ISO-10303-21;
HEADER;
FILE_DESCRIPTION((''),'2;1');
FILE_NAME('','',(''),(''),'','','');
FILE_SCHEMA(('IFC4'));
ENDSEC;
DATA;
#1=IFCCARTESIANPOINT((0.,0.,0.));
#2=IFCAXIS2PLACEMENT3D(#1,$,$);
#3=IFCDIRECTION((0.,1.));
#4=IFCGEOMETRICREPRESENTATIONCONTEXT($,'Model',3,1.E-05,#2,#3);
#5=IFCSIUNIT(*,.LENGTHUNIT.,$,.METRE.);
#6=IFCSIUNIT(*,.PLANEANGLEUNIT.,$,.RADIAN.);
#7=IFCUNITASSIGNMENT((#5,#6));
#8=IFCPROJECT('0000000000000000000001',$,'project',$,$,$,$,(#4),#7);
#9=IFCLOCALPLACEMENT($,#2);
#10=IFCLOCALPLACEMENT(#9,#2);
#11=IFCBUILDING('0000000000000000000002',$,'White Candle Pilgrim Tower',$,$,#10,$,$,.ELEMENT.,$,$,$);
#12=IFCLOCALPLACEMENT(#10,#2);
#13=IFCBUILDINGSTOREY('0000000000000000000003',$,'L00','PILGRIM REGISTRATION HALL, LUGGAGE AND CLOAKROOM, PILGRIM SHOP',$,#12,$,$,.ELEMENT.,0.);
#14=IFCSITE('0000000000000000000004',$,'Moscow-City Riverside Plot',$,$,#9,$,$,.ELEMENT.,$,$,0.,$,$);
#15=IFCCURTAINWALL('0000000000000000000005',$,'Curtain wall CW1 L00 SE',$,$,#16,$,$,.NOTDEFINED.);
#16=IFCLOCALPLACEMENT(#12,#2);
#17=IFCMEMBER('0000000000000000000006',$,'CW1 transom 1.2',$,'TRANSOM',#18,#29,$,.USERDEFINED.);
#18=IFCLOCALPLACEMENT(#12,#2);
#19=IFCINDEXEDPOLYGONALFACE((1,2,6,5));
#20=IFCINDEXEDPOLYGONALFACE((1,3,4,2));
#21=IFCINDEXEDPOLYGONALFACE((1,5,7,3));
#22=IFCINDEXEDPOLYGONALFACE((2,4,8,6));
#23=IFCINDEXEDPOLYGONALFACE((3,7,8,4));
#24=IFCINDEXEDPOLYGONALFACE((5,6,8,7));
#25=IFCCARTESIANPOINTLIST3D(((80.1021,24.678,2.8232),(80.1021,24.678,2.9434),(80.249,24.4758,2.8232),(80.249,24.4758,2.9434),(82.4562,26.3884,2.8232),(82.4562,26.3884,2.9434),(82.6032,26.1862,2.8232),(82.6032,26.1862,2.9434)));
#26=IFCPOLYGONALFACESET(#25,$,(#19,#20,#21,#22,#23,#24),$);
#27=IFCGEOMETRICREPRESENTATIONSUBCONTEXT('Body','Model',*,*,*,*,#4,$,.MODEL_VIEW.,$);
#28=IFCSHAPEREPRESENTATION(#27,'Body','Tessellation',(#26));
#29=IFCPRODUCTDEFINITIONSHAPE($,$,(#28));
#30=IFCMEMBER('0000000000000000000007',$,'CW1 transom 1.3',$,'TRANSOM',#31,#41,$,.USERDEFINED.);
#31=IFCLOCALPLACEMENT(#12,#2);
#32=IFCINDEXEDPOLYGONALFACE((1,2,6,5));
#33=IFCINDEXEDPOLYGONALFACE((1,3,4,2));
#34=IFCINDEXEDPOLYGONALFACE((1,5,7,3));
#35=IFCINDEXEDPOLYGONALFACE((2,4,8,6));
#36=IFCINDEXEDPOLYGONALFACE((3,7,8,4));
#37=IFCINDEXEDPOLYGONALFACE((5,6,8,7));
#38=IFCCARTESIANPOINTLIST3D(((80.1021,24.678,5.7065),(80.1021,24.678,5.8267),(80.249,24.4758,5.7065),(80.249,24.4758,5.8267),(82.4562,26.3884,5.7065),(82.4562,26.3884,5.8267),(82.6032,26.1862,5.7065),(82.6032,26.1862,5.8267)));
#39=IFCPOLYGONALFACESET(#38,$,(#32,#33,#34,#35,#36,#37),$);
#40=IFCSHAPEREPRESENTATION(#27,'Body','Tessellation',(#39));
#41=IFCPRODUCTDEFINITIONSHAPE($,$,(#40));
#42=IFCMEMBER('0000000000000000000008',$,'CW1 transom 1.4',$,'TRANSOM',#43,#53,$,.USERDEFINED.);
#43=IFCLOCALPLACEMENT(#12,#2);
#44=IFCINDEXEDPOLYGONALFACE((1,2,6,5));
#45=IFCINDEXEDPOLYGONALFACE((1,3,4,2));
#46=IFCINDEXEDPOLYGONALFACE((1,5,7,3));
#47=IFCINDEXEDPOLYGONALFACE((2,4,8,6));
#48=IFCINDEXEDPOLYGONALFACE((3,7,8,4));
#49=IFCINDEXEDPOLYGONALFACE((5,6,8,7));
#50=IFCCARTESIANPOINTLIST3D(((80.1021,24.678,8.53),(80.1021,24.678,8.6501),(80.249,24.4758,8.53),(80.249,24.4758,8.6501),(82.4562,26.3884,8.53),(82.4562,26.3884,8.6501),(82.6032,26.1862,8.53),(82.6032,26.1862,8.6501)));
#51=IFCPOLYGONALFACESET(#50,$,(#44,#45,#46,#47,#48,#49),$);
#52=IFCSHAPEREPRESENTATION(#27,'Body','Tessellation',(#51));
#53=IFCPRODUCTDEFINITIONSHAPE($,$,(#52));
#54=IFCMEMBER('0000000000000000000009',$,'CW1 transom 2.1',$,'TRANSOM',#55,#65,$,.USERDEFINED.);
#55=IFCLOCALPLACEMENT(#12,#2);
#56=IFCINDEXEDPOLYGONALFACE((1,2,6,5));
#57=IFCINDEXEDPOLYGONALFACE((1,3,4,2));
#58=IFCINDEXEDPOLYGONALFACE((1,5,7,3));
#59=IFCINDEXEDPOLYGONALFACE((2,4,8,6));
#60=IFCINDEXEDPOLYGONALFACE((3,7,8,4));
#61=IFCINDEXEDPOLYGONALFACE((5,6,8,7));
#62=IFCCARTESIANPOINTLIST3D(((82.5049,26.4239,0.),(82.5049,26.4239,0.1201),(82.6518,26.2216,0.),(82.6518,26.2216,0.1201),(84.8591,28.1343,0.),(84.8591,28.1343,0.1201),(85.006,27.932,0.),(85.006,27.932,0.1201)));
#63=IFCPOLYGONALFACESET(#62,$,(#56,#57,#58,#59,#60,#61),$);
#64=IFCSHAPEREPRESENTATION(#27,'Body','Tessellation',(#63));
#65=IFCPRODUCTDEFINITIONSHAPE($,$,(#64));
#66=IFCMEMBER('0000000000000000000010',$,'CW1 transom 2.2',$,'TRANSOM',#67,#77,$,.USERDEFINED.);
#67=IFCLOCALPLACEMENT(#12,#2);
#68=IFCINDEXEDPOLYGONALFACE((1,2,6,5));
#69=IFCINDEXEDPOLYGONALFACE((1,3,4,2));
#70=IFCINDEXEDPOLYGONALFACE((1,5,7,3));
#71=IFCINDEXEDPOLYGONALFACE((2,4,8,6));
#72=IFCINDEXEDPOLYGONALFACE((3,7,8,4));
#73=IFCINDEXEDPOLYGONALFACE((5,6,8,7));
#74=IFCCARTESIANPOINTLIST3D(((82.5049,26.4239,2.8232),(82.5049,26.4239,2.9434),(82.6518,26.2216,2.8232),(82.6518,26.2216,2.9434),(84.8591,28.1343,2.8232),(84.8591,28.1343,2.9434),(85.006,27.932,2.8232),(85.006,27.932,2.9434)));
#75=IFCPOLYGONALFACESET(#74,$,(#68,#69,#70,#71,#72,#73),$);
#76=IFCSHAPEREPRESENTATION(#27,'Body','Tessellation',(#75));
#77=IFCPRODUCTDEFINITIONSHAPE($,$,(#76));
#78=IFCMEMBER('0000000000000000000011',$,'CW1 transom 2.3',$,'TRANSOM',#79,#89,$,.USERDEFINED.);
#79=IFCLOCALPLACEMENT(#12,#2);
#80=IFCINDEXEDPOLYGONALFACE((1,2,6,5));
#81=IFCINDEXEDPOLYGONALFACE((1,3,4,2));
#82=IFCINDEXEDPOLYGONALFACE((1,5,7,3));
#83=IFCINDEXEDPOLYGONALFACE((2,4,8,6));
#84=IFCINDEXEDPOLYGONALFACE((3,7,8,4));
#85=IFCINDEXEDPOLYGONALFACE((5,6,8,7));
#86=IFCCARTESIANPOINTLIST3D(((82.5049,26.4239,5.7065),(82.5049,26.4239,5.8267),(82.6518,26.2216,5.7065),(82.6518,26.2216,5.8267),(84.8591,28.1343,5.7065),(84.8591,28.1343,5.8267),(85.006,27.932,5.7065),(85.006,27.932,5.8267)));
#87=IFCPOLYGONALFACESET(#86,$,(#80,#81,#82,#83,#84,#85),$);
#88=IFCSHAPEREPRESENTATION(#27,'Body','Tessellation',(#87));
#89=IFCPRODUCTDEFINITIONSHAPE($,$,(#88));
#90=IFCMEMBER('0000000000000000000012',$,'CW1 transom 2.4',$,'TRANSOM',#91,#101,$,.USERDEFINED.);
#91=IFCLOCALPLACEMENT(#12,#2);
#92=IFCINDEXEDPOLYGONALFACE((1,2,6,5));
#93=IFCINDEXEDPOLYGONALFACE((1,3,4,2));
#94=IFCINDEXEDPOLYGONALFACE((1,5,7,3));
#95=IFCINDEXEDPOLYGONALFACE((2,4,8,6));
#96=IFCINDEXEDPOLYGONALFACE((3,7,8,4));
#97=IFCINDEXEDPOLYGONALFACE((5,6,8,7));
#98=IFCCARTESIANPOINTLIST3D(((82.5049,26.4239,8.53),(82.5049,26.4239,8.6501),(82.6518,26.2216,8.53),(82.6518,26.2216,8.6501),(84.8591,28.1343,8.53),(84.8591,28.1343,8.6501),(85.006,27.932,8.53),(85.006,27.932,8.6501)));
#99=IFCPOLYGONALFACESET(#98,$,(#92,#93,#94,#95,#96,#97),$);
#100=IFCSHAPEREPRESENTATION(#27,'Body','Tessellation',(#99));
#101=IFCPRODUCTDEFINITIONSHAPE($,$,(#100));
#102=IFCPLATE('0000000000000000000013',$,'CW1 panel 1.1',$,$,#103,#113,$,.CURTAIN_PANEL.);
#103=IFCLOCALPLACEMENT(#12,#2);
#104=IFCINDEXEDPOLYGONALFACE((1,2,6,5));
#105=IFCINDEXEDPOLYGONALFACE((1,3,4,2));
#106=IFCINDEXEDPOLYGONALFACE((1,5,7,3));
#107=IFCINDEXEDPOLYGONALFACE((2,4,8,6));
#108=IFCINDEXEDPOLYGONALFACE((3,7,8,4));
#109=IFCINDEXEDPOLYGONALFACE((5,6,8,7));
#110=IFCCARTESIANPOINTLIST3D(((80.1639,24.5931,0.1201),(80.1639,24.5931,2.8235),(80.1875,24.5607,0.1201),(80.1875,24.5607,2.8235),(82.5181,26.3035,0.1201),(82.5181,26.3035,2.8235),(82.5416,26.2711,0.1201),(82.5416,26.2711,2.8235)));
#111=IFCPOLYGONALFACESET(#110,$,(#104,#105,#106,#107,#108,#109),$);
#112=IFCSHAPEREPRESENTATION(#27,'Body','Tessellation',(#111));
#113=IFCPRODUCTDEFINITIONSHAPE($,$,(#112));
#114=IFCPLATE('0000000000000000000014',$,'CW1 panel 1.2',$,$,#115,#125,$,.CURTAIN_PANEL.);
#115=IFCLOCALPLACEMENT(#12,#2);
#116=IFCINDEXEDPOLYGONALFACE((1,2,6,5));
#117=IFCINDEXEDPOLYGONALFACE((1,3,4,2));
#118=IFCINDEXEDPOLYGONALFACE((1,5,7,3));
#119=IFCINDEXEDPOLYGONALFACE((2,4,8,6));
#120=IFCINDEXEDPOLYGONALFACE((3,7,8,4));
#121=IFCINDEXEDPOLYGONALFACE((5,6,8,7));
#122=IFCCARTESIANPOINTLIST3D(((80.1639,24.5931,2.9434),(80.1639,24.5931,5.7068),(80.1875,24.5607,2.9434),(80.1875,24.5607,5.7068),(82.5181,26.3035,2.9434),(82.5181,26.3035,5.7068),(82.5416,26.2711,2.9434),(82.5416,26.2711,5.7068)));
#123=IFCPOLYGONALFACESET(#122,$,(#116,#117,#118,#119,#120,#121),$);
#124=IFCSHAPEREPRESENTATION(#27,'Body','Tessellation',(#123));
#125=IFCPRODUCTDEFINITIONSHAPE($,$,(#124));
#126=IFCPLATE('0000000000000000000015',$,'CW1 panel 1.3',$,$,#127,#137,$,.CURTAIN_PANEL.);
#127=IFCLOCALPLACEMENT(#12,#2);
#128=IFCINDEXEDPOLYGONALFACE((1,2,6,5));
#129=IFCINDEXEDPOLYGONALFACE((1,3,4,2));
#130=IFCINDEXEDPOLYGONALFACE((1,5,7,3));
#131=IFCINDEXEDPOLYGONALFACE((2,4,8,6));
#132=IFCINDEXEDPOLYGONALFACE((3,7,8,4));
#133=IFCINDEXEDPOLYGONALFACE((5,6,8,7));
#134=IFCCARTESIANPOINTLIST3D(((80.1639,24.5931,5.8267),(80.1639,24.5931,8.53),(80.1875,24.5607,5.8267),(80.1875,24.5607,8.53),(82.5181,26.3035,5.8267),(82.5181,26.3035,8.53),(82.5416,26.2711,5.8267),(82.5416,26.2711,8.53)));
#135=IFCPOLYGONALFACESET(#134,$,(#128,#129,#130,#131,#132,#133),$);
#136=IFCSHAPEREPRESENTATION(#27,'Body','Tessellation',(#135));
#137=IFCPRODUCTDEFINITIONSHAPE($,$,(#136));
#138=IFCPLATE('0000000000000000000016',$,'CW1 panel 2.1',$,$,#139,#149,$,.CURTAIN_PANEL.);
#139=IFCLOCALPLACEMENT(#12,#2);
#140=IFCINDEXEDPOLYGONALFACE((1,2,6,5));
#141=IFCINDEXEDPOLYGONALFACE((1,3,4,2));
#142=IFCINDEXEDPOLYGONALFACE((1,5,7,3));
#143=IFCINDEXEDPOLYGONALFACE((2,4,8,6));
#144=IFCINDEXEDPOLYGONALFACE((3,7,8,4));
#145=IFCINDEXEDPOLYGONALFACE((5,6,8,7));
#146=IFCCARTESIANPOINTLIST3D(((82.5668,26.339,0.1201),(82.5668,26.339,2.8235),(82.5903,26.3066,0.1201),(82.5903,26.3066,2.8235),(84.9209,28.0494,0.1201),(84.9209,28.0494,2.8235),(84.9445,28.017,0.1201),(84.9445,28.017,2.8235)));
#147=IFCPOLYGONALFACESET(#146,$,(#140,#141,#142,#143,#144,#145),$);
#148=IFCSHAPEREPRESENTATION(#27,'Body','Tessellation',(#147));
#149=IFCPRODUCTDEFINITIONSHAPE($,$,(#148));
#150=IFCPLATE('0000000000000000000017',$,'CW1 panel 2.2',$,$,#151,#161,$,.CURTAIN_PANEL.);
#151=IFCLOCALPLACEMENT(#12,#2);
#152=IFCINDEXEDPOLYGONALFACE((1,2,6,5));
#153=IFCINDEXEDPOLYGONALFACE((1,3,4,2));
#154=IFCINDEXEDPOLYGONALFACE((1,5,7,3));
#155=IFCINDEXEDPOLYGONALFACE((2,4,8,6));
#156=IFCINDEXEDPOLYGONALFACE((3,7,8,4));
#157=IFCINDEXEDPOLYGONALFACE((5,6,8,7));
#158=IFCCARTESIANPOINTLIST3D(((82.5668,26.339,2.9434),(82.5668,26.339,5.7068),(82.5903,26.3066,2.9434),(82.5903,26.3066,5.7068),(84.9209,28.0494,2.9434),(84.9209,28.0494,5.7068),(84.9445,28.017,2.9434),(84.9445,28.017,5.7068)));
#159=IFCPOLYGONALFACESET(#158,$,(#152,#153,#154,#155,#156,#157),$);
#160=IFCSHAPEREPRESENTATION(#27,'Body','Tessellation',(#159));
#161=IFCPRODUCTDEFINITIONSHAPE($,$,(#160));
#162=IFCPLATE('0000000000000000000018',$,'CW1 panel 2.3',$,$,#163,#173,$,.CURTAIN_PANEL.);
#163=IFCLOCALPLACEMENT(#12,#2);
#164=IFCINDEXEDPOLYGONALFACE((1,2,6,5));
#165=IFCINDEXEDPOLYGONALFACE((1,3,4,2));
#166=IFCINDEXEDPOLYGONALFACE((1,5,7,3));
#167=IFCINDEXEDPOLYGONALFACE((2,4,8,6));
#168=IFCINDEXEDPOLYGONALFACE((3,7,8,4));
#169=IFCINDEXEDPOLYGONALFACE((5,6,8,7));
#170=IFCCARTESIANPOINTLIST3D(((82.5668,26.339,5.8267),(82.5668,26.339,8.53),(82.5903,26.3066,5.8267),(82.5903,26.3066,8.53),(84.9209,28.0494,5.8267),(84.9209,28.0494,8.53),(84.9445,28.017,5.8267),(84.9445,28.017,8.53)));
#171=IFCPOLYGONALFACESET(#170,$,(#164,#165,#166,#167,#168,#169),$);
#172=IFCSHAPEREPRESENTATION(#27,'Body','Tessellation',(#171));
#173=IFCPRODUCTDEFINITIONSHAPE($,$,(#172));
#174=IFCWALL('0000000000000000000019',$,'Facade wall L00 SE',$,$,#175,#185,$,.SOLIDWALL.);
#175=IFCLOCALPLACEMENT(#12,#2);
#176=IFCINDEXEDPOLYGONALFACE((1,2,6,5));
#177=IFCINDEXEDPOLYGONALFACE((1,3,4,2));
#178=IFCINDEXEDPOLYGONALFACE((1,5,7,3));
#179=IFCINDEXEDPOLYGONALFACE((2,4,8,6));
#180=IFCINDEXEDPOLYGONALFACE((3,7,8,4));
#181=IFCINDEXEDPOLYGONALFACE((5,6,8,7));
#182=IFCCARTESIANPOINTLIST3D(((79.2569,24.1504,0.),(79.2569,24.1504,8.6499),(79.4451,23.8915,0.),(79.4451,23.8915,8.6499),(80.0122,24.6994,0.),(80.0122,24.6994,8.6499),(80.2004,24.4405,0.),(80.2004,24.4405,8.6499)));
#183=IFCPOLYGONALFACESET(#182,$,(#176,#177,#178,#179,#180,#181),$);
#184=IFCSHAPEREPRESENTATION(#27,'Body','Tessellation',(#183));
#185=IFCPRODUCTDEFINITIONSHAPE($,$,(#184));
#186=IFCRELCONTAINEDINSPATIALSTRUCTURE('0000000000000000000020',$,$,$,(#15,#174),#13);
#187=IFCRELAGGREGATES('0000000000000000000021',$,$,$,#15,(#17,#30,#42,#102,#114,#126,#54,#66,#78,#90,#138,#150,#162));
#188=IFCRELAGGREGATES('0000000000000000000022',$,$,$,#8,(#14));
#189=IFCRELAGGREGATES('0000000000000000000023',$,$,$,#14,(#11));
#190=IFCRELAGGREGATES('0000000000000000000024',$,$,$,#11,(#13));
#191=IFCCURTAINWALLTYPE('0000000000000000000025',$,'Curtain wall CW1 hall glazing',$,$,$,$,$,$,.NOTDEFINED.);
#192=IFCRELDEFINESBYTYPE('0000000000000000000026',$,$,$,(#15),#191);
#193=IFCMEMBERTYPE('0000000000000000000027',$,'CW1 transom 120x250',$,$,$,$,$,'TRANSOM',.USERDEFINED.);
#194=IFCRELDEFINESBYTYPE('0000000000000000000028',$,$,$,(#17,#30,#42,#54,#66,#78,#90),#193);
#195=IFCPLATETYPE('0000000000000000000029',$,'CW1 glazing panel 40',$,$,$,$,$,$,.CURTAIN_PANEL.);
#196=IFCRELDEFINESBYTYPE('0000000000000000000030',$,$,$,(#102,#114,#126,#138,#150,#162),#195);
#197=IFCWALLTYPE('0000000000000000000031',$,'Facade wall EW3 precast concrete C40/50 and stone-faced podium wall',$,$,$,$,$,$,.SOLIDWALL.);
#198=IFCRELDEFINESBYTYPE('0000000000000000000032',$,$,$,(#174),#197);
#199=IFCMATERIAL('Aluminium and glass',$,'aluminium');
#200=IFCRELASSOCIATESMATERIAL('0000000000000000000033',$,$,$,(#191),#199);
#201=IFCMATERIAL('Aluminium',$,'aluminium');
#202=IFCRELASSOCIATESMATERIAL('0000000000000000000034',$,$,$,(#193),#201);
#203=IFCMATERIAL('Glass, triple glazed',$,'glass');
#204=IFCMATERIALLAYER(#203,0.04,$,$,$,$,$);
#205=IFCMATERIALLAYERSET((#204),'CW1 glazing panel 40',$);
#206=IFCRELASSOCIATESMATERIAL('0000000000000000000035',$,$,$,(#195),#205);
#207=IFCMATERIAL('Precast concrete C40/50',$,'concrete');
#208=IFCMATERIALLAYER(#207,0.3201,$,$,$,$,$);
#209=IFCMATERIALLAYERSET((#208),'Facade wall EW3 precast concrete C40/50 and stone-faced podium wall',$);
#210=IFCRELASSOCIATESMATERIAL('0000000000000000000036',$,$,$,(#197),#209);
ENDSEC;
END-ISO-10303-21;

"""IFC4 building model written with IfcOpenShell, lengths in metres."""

from ifc_helpers import new_model, si_unit, direction, frame, frame_2d, origin, origin_2d, place, context, subcontext, project, spatial, rectangle, extrude, material, layer, layer_set, material_profile, profile_set, type_object, element, aggregate, save


model = new_model("IFC4")

# Units and contexts
model_context = context("Model", 3, precision=1e-05, world=origin(), true_north=direction((0.0, 1.0)))
body_context = subcontext(model_context, "Body", "Model", "MODEL_VIEW")
ifc_project = project(units=[si_unit("LENGTHUNIT", "METRE"), si_unit("PLANEANGLEUNIT", "RADIAN")], contexts=[model_context])

# Site, building, storey
site_placement = place(None, origin())
site = spatial("IfcSite", under=ifc_project, at=site_placement, Name="Moscow-City Riverside Plot", CompositionType="ELEMENT", RefElevation=0.0)
building_placement = place(site_placement, origin())
building = spatial("IfcBuilding", under=site, at=building_placement, Name="White Candle Pilgrim Tower", CompositionType="ELEMENT")
storey_placement = place(building_placement, origin())
storey = spatial("IfcBuildingStorey", under=building, at=storey_placement, Name="L00", Description="PILGRIM REGISTRATION HALL, LUGGAGE AND CLOAKROOM, PILGRIM SHOP", CompositionType="ELEMENT", Elevation=0.0)

# Curtain wall
ifc_material_1 = material(Name="Aluminium and glass", Category="aluminium")
curtain_wall_type = type_object("IfcCurtainWallType", Name="Curtain wall CW1 hall glazing", PredefinedType="NOTDEFINED", material=ifc_material_1)
curtain_wall_1_placement = place(storey_placement, origin())
curtain_wall_1 = element("IfcCurtainWall", 1, at=curtain_wall_1_placement, inside=storey, type_object=curtain_wall_type, Name="Curtain wall CW1 L00 SE", PredefinedType="NOTDEFINED")
ifc_material_2 = material(Name="Aluminium", Category="aluminium")

# Members
ifc_material_profile_1 = material_profile(ifc_material_2, rectangle(XDim=0.25, YDim=0.1201, at=origin_2d()), Name="CW1 transom 120x250")
ifc_profile_set_1 = profile_set([ifc_material_profile_1], Name="Aluminium")
member_type_1 = type_object("IfcMemberType", Name="CW1 transom 120x250", ElementType="TRANSOM", PredefinedType="USERDEFINED", material=ifc_profile_set_1)
member_1_placement = place(storey_placement, frame((80.1755, 24.5769, 2.8833), z_axis=(0.809019, 0.587783, 0.0), x_axis=(-0.587783, 0.809019, 0.0)))
member_1 = element("IfcMember", 2, at=member_1_placement, type_object=member_type_1, Name="CW1 transom 1.2", ObjectType="TRANSOM", PredefinedType="USERDEFINED", context=body_context, shape_type="SweptSolid", body=[
    extrude(rectangle(XDim=0.25, YDim=0.1201, at=origin_2d()), origin(), (0.0, 0.0, 1.0), 2.9099),
])
member_2_placement = place(storey_placement, frame((80.1755, 24.5769, 5.7666), z_axis=(0.809019, 0.587783, 0.0), x_axis=(-0.587783, 0.809019, 0.0)))
member_2 = element("IfcMember", 3, at=member_2_placement, type_object=member_type_1, Name="CW1 transom 1.3", ObjectType="TRANSOM", PredefinedType="USERDEFINED", context=body_context, shape_type="SweptSolid", body=[
    extrude(rectangle(XDim=0.25, YDim=0.1201, at=origin_2d()), origin(), (0.0, 0.0, 1.0), 2.9099),
])
member_3_placement = place(storey_placement, frame((80.1755, 24.5769, 8.5901), z_axis=(0.809019, 0.587783, 0.0), x_axis=(-0.587783, 0.809019, 0.0)))
member_3 = element("IfcMember", 4, at=member_3_placement, type_object=member_type_1, Name="CW1 transom 1.4", ObjectType="TRANSOM", PredefinedType="USERDEFINED", context=body_context, shape_type="SweptSolid", body=[
    extrude(rectangle(XDim=0.25, YDim=0.1201, at=origin_2d()), origin(), (0.0, 0.0, 1.0), 2.9099),
])
member_4_placement = place(storey_placement, frame((82.5784, 26.3228, 0.0601), z_axis=(0.809019, 0.587783, 0.0), x_axis=(-0.587783, 0.809019, 0.0)))
member_4 = element("IfcMember", 5, at=member_4_placement, type_object=member_type_1, Name="CW1 transom 2.1", ObjectType="TRANSOM", PredefinedType="USERDEFINED", context=body_context, shape_type="SweptSolid", body=[
    extrude(rectangle(XDim=0.25, YDim=0.1201, at=origin_2d()), origin(), (0.0, 0.0, 1.0), 2.9099),
])
member_5_placement = place(storey_placement, frame((82.5784, 26.3228, 2.8833), z_axis=(0.809019, 0.587783, 0.0), x_axis=(-0.587783, 0.809019, 0.0)))
member_5 = element("IfcMember", 6, at=member_5_placement, type_object=member_type_1, Name="CW1 transom 2.2", ObjectType="TRANSOM", PredefinedType="USERDEFINED", context=body_context, shape_type="SweptSolid", body=[
    extrude(rectangle(XDim=0.25, YDim=0.1201, at=origin_2d()), origin(), (0.0, 0.0, 1.0), 2.9099),
])
member_6_placement = place(storey_placement, frame((82.5784, 26.3228, 5.7666), z_axis=(0.809019, 0.587783, 0.0), x_axis=(-0.587783, 0.809019, 0.0)))
member_6 = element("IfcMember", 7, at=member_6_placement, type_object=member_type_1, Name="CW1 transom 2.3", ObjectType="TRANSOM", PredefinedType="USERDEFINED", context=body_context, shape_type="SweptSolid", body=[
    extrude(rectangle(XDim=0.25, YDim=0.1201, at=origin_2d()), origin(), (0.0, 0.0, 1.0), 2.9099),
])
member_7_placement = place(storey_placement, frame((82.5784, 26.3228, 8.5901), z_axis=(0.809019, 0.587783, 0.0), x_axis=(-0.587783, 0.809019, 0.0)))
member_7 = element("IfcMember", 8, at=member_7_placement, type_object=member_type_1, Name="CW1 transom 2.4", ObjectType="TRANSOM", PredefinedType="USERDEFINED", context=body_context, shape_type="SweptSolid", body=[
    extrude(rectangle(XDim=0.25, YDim=0.1201, at=origin_2d()), origin(), (0.0, 0.0, 1.0), 2.9099),
])

# Plates
ifc_material_3 = material(Name="Glass, triple glazed", Category="glass")
ifc_layer_1 = layer(ifc_material_3, 0.04)
ifc_layer_set_1 = layer_set([ifc_layer_1], Name="CW1 glazing panel 40")
plate_type = type_object("IfcPlateType", Name="CW1 glazing panel 40", PredefinedType="CURTAIN_PANEL", material=ifc_layer_set_1)
plate_1_placement = place(storey_placement, frame((81.3528, 25.4321, 0.1201), z_axis=(0.0, 0.0, 1.0), x_axis=(0.809017, 0.587785, 0.0)))
plate_1 = element("IfcPlate", 9, at=plate_1_placement, type_object=plate_type, Name="CW1 panel 1.1", PredefinedType="CURTAIN_PANEL", context=body_context, shape_type="SweptSolid", body=[
    extrude(rectangle(XDim=2.9099, YDim=0.04, at=origin_2d()), origin(), (0.0, 0.0, 1.0), 2.7034),
])
plate_2_placement = place(storey_placement, frame((81.3528, 25.4321, 2.9434), z_axis=(0.0, 0.0, 1.0), x_axis=(0.809017, 0.587785, 0.0)))
plate_2 = element("IfcPlate", 10, at=plate_2_placement, type_object=plate_type, Name="CW1 panel 1.2", PredefinedType="CURTAIN_PANEL", context=body_context, shape_type="SweptSolid", body=[
    extrude(rectangle(XDim=2.9099, YDim=0.04, at=origin_2d()), origin(), (0.0, 0.0, 1.0), 2.7634),
])
plate_3_placement = place(storey_placement, frame((81.3528, 25.4321, 5.8267), z_axis=(0.0, 0.0, 1.0), x_axis=(0.809017, 0.587785, 0.0)))
plate_3 = element("IfcPlate", 11, at=plate_3_placement, type_object=plate_type, Name="CW1 panel 1.3", PredefinedType="CURTAIN_PANEL", context=body_context, shape_type="SweptSolid", body=[
    extrude(rectangle(XDim=2.9099, YDim=0.04, at=origin_2d()), origin(), (0.0, 0.0, 1.0), 2.7034),
])
plate_4_placement = place(storey_placement, frame((83.7556, 27.178, 0.1201), z_axis=(0.0, 0.0, 1.0), x_axis=(0.809017, 0.587785, 0.0)))
plate_4 = element("IfcPlate", 12, at=plate_4_placement, type_object=plate_type, Name="CW1 panel 2.1", PredefinedType="CURTAIN_PANEL", context=body_context, shape_type="SweptSolid", body=[
    extrude(rectangle(XDim=2.9099, YDim=0.04, at=origin_2d()), origin(), (0.0, 0.0, 1.0), 2.7034),
])
plate_5_placement = place(storey_placement, frame((83.7556, 27.178, 2.9434), z_axis=(0.0, 0.0, 1.0), x_axis=(0.809017, 0.587785, 0.0)))
plate_5 = element("IfcPlate", 13, at=plate_5_placement, type_object=plate_type, Name="CW1 panel 2.2", PredefinedType="CURTAIN_PANEL", context=body_context, shape_type="SweptSolid", body=[
    extrude(rectangle(XDim=2.9099, YDim=0.04, at=origin_2d()), origin(), (0.0, 0.0, 1.0), 2.7634),
])
plate_6_placement = place(storey_placement, frame((83.7556, 27.178, 5.8267), z_axis=(0.0, 0.0, 1.0), x_axis=(0.809017, 0.587785, 0.0)))
plate_6 = element("IfcPlate", 14, at=plate_6_placement, type_object=plate_type, Name="CW1 panel 2.3", PredefinedType="CURTAIN_PANEL", context=body_context, shape_type="SweptSolid", body=[
    extrude(rectangle(XDim=2.9099, YDim=0.04, at=origin_2d()), origin(), (0.0, 0.0, 1.0), 2.7034),
])
aggregate(curtain_wall_1, [member_1, member_2, member_3, plate_1, plate_2, plate_3, member_4, member_5, member_6, member_7, plate_4, plate_5, plate_6])

# Wall
ifc_material_4 = material(Name="Precast concrete C40/50", Category="concrete")
ifc_layer_2 = layer(ifc_material_4, 0.3201)
ifc_layer_set_2 = layer_set([ifc_layer_2], Name="Facade wall EW3 precast concrete C40/50 and stone-faced podium wall")
wall_type_1 = type_object("IfcWallType", Name="Facade wall EW3 precast concrete C40/50 and stone-faced podium wall", PredefinedType="SOLIDWALL", material=ifc_layer_set_2)
wall_1_placement = place(storey_placement, frame((79.3511, 24.021, 0.0), z_axis=(0.0, 0.0, 1.0), x_axis=(0.808883, 0.58797, 0.0)))
element("IfcWall", 15, at=wall_1_placement, inside=storey, type_object=wall_type_1, Name="Facade wall L00 SE", PredefinedType="SOLIDWALL", context=body_context, shape_type="SweptSolid", body=[
    extrude(rectangle(XDim=0.9338, YDim=0.3201, at=frame_2d((0.4668, 0.0))), origin(), (0.0, 0.0, 1.0), 8.6499),
])

save(model, "model.ifc")
